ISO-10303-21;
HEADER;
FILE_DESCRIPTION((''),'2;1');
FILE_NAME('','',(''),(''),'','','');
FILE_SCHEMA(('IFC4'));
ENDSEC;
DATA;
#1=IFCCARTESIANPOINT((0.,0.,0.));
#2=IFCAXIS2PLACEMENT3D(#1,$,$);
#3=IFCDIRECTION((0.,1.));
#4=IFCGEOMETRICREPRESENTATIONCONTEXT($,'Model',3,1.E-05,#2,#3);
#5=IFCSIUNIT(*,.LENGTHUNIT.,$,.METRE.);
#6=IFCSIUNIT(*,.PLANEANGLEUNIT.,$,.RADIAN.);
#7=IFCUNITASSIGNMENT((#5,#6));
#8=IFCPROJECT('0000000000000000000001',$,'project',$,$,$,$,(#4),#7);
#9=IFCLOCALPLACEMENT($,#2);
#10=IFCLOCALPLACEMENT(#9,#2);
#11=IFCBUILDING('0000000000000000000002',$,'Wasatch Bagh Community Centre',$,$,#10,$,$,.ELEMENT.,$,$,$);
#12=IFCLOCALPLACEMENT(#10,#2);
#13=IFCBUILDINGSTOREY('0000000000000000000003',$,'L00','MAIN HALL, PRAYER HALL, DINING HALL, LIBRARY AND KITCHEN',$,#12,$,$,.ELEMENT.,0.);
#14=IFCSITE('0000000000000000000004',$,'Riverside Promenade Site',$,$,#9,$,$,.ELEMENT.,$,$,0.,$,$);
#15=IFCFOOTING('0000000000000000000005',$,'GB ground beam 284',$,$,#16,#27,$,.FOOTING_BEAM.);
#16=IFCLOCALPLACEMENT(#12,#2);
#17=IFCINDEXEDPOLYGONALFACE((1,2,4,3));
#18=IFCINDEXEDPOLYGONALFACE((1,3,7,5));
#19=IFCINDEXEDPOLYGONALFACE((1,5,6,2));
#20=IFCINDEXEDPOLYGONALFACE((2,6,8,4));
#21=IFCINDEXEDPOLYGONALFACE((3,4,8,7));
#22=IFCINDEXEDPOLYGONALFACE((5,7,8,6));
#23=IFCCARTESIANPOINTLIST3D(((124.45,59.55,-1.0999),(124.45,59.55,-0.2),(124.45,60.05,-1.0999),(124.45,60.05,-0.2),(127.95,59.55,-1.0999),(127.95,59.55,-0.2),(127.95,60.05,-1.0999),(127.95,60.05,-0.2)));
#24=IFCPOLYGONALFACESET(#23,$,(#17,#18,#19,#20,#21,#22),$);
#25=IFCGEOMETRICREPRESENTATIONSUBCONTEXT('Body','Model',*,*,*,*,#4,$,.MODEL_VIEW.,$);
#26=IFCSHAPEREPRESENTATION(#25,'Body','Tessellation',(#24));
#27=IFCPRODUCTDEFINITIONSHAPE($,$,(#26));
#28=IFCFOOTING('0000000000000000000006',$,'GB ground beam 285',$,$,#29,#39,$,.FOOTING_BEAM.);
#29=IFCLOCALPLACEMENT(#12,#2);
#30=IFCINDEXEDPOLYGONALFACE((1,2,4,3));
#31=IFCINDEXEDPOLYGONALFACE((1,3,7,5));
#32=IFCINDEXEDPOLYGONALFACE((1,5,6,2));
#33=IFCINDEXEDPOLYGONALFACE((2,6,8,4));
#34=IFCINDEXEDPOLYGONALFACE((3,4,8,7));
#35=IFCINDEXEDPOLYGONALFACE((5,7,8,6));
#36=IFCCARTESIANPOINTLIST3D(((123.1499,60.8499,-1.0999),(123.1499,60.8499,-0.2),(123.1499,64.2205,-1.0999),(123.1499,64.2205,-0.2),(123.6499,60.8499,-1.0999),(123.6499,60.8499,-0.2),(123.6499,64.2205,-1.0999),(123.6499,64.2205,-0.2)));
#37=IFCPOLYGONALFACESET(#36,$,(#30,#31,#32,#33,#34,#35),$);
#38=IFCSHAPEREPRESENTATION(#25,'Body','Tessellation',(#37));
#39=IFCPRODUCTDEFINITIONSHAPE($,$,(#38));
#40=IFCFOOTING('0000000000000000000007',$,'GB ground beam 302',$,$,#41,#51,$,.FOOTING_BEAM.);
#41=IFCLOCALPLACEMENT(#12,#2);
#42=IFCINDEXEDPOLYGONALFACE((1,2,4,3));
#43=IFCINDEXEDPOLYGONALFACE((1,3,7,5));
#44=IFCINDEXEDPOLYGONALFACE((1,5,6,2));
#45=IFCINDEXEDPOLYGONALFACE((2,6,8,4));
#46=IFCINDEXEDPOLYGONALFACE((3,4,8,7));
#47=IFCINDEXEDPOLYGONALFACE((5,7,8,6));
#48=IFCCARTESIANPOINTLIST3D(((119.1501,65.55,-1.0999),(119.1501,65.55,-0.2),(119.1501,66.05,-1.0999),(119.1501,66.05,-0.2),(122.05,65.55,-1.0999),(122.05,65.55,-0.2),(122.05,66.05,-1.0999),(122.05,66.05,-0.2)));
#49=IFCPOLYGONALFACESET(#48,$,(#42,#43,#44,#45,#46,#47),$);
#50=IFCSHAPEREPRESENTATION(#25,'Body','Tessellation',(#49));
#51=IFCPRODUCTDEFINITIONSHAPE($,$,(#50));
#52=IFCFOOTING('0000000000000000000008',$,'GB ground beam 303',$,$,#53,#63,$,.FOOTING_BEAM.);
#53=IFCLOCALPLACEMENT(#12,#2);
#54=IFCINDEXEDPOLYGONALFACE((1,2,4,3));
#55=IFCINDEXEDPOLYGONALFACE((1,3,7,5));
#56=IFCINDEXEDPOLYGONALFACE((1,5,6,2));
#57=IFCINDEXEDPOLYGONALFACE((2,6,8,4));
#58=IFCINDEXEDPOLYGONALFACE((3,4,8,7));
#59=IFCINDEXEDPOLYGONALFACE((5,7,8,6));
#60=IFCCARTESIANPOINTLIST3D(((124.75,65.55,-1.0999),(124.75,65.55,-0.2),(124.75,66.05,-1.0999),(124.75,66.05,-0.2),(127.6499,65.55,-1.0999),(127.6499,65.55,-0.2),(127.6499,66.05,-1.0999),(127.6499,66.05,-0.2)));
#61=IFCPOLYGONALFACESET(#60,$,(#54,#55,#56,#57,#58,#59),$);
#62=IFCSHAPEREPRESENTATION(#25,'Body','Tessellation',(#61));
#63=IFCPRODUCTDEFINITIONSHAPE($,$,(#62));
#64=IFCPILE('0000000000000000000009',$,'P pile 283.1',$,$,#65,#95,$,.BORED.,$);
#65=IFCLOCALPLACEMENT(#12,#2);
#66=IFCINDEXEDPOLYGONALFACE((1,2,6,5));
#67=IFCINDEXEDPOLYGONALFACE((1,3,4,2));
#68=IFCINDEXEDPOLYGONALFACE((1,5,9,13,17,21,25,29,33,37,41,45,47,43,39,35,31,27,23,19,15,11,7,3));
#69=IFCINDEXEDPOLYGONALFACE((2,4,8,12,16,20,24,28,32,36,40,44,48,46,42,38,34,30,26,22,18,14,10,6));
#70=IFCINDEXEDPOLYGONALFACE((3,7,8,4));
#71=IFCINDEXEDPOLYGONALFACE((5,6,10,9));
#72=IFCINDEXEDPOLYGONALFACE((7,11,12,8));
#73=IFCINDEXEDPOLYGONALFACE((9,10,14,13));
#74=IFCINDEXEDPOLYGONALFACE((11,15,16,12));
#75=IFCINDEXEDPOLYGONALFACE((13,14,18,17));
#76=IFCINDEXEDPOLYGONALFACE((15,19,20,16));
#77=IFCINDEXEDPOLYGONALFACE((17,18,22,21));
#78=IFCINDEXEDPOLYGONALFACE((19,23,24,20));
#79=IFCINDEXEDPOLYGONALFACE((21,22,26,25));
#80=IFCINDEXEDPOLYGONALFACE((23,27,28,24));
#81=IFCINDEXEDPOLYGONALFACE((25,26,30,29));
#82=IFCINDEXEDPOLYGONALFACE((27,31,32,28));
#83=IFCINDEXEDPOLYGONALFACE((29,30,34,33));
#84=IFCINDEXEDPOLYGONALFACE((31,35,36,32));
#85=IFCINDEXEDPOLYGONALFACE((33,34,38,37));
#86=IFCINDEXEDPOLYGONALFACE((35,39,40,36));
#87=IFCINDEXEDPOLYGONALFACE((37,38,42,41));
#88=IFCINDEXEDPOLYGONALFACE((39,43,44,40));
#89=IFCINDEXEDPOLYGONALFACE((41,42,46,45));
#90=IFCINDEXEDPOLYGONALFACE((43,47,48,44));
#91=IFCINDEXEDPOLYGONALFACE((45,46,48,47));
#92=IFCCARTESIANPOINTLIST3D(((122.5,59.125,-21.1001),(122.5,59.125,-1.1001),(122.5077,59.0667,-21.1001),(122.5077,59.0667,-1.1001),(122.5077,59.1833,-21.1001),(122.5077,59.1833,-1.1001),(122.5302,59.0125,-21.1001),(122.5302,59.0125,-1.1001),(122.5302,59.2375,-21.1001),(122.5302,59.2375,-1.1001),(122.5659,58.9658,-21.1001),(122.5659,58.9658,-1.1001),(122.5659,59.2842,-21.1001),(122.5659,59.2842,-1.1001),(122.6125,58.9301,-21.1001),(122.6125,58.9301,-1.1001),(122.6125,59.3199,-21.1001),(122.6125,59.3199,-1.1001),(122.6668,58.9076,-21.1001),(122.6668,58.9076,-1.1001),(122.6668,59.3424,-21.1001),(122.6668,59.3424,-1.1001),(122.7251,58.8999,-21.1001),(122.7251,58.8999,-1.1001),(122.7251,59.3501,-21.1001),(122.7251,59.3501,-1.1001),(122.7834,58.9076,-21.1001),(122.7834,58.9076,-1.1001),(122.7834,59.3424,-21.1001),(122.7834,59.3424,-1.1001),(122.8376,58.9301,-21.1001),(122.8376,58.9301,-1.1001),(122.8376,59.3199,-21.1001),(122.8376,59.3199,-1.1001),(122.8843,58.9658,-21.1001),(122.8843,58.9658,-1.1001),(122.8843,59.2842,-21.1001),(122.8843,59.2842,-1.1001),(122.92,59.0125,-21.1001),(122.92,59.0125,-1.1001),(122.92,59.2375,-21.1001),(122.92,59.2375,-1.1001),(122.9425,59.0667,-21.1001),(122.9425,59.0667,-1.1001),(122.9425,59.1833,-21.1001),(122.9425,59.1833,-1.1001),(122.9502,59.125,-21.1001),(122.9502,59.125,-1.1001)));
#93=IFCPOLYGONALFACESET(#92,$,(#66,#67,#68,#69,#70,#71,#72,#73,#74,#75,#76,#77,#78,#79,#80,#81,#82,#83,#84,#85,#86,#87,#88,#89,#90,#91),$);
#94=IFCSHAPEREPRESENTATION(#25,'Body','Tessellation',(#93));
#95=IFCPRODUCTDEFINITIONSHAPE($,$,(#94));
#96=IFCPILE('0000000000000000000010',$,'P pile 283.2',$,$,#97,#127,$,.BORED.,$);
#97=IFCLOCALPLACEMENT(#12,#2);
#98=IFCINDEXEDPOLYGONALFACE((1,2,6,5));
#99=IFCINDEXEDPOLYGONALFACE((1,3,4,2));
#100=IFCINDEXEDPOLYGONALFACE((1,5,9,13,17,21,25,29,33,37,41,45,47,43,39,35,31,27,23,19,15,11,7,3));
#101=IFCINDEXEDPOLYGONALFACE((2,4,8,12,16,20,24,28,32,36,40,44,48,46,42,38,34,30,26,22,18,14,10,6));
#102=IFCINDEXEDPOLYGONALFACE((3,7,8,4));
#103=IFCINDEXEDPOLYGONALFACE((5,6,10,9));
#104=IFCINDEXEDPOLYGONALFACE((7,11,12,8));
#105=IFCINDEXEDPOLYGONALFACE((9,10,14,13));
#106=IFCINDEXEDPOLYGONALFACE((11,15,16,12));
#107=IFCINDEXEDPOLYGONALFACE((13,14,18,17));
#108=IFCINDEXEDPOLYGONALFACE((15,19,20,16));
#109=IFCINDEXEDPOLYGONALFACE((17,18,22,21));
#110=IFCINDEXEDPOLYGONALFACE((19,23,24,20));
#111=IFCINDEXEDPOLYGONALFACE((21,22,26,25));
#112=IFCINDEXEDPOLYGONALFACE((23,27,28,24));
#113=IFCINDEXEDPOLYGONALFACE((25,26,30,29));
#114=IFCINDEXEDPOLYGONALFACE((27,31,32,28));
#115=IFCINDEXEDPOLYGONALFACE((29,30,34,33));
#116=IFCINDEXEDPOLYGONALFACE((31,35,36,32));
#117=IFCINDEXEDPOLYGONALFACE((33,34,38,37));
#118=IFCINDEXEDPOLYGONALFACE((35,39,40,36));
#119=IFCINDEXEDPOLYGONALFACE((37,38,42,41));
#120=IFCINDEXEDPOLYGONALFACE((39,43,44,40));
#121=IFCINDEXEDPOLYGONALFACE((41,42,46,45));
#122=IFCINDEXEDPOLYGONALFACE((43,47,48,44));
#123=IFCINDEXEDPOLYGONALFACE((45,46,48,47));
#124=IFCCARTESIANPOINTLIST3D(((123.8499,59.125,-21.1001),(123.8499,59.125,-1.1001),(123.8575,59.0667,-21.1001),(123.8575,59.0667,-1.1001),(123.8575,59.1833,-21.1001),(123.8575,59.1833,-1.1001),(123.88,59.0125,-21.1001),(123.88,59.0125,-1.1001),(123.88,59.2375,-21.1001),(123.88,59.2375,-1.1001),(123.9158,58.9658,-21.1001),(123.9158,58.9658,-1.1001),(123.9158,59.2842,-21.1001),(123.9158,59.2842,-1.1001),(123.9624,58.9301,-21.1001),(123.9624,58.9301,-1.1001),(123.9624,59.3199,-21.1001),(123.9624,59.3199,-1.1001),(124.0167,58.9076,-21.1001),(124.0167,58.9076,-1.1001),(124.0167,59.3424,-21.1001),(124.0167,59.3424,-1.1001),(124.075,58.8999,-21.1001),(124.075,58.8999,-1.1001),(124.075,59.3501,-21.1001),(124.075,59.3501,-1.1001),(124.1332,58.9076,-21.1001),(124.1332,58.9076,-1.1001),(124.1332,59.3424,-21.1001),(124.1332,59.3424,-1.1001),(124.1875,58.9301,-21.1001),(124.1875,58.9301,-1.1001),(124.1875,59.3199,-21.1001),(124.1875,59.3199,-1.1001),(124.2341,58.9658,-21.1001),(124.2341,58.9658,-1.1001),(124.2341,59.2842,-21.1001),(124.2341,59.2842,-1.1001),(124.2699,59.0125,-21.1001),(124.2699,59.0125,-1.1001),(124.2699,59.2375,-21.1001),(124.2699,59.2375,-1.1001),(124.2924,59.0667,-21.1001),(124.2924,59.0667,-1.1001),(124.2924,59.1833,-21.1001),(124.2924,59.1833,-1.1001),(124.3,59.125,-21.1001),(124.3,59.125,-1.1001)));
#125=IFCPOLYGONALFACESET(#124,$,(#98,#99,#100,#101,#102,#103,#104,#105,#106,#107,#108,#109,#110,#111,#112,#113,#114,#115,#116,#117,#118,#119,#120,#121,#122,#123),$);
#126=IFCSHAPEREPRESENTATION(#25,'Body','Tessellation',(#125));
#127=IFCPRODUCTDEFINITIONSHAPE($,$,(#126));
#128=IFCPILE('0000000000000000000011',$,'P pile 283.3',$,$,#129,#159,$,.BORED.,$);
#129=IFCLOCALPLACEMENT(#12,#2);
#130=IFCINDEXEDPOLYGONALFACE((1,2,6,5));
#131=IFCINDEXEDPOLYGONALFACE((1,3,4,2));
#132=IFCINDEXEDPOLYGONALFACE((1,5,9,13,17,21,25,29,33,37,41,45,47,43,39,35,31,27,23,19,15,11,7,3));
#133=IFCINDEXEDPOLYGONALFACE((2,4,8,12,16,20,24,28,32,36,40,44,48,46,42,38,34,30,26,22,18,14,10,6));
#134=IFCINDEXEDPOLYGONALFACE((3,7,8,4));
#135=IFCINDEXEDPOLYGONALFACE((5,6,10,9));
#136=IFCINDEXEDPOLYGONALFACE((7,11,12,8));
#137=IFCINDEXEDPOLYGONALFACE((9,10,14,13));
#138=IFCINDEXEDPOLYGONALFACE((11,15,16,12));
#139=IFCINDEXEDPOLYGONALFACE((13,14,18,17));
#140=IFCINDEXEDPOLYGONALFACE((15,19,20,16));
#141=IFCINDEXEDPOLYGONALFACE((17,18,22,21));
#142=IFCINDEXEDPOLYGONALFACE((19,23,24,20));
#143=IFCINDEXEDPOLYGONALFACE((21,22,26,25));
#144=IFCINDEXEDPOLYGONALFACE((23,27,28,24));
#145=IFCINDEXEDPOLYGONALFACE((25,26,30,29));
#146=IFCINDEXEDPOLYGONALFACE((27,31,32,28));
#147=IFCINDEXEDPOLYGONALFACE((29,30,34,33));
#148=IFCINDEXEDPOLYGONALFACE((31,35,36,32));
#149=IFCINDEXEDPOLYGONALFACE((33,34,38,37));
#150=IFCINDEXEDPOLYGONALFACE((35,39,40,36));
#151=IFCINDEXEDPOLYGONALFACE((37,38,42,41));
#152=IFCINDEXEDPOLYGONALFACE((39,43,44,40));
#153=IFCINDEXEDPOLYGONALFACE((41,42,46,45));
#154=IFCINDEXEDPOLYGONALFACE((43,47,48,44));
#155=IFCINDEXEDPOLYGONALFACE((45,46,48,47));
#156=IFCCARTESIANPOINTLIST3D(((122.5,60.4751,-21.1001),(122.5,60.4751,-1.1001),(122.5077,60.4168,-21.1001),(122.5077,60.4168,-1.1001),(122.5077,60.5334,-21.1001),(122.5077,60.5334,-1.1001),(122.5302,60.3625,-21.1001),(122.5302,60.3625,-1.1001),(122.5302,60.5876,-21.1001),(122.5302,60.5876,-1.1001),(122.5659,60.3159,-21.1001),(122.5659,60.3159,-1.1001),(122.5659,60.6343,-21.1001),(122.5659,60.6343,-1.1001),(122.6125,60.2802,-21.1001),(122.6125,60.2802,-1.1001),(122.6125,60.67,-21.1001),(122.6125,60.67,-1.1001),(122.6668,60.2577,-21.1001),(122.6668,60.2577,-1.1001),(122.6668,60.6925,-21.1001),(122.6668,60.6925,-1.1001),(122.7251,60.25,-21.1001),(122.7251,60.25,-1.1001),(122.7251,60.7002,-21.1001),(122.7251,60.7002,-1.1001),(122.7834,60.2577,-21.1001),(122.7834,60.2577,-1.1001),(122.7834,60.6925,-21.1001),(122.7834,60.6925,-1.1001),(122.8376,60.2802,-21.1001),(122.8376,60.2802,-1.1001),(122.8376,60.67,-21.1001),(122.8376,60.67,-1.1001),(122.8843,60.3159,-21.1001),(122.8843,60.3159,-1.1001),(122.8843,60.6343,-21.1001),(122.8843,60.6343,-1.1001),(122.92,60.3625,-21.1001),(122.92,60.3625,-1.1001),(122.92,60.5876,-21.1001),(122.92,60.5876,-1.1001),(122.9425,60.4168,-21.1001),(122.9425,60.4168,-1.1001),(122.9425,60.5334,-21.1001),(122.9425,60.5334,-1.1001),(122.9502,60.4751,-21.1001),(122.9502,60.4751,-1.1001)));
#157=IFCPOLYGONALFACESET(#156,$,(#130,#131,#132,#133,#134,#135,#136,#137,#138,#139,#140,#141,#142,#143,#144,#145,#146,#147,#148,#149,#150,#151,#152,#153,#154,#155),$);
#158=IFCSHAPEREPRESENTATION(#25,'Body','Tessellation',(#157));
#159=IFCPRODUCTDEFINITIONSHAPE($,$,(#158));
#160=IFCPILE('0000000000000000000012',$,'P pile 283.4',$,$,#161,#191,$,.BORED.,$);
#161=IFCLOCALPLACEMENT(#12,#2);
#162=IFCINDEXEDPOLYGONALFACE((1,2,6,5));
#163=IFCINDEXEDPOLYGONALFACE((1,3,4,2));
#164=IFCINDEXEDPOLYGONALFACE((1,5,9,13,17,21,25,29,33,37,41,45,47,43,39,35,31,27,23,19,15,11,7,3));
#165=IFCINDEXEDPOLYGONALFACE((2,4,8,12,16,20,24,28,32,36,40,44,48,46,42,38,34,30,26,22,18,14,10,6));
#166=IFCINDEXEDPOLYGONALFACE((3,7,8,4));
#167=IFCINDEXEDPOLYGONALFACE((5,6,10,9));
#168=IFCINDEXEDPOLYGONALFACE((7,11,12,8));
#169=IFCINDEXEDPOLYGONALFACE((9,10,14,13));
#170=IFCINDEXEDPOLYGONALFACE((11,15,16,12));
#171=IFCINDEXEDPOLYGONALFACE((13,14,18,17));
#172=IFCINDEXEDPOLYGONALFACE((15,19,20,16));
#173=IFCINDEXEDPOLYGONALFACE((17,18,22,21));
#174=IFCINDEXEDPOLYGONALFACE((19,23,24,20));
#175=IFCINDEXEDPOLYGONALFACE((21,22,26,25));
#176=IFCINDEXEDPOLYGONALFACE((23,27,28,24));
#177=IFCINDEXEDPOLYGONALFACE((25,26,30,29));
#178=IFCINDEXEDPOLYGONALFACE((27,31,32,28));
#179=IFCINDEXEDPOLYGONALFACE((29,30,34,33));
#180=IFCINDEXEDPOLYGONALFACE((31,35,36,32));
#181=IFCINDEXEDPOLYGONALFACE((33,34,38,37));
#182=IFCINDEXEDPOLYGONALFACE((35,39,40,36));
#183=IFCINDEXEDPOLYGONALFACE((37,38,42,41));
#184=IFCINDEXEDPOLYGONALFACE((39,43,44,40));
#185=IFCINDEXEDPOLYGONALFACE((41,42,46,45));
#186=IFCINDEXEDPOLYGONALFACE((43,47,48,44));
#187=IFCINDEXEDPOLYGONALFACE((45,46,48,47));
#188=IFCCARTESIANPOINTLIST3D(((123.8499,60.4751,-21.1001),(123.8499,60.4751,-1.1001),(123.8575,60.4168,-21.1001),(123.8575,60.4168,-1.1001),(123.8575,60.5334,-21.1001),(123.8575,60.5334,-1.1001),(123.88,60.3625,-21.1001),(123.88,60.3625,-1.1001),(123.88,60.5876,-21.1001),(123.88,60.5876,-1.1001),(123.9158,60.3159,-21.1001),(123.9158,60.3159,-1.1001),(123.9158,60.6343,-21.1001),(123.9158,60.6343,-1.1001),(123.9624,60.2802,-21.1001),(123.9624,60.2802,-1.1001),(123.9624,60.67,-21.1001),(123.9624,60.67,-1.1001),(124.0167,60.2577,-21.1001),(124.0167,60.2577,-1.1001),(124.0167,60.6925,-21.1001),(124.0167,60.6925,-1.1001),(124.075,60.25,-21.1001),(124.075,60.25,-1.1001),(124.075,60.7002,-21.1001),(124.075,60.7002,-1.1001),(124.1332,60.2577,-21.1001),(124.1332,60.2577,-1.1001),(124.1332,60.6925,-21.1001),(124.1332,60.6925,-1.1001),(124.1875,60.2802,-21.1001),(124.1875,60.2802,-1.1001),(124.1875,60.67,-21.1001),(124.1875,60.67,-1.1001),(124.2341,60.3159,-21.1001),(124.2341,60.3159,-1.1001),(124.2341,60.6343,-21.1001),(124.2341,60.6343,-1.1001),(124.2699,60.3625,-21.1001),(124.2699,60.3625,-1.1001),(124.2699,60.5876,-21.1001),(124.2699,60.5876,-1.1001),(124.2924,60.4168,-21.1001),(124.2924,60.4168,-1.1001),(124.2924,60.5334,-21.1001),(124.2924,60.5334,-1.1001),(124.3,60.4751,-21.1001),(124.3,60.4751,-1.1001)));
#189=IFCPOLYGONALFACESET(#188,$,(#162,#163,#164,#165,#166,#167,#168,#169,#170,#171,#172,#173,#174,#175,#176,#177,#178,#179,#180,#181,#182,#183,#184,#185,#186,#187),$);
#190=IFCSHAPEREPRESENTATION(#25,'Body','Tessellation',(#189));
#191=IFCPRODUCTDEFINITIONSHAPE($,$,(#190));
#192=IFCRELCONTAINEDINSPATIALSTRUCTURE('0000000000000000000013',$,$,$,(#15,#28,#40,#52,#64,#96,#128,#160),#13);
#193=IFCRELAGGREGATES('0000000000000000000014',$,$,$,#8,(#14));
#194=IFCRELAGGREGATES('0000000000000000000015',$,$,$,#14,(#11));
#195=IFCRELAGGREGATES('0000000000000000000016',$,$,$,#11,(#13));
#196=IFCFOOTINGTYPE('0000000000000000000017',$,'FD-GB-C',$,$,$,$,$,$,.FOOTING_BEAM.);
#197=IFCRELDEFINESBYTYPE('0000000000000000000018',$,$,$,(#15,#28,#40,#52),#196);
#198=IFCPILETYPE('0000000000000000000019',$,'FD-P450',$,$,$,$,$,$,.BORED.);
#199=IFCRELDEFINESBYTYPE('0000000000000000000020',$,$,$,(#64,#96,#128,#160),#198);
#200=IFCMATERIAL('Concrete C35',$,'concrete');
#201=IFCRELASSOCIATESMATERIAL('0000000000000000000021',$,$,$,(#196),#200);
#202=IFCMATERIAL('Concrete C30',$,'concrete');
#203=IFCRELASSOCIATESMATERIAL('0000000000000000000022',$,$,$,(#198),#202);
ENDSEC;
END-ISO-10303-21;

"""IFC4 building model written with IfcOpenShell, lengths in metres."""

from ifc_helpers import new_model, si_unit, direction, frame, origin, origin_2d, place, context, subcontext, project, spatial, rectangle, circle, extrude, material, material_profile, profile_set, type_object, element, save


model = new_model("IFC4")

# Units and contexts
model_context = context("Model", 3, precision=1e-05, world=origin(), true_north=direction((0.0, 1.0)))
body_context = subcontext(model_context, "Body", "Model", "MODEL_VIEW")
ifc_project = project(units=[si_unit("LENGTHUNIT", "METRE"), si_unit("PLANEANGLEUNIT", "RADIAN")], contexts=[model_context])

# Site, building, storey
site_placement = place(None, origin())
site = spatial("IfcSite", under=ifc_project, at=site_placement, Name="Riverside Promenade Site", CompositionType="ELEMENT", RefElevation=0.0)
building_placement = place(site_placement, origin())
building = spatial("IfcBuilding", under=site, at=building_placement, Name="Wasatch Bagh Community Centre", CompositionType="ELEMENT")
storey_placement = place(building_placement, origin())
storey = spatial("IfcBuildingStorey", under=building, at=storey_placement, Name="L00", Description="MAIN HALL, PRAYER HALL, DINING HALL, LIBRARY AND KITCHEN", CompositionType="ELEMENT", Elevation=0.0)

# Footings
ifc_material_1 = material(Name="Concrete C35", Category="concrete")
footing_type_1 = type_object("IfcFootingType", Name="FD-GB-C", PredefinedType="FOOTING_BEAM", material=ifc_material_1)
footing_1_placement = place(storey_placement, frame((126.2, 59.8, -1.0999), z_axis=(0.0, 0.0, 1.0), x_axis=(1.0, 0.0, 0.0)))
element("IfcFooting", 1, at=footing_1_placement, inside=storey, type_object=footing_type_1, Name="GB ground beam 284", PredefinedType="FOOTING_BEAM", context=body_context, shape_type="SweptSolid", body=[
    extrude(rectangle(XDim=3.5, YDim=0.5, at=origin_2d()), origin(), (0.0, 0.0, 1.0), 0.8999),
])
footing_2_placement = place(storey_placement, frame((123.3999, 62.5352, -1.0999), z_axis=(0.0, 0.0, 1.0), x_axis=(0.0, 1.0, 0.0)))
element("IfcFooting", 2, at=footing_2_placement, inside=storey, type_object=footing_type_1, Name="GB ground beam 285", PredefinedType="FOOTING_BEAM", context=body_context, shape_type="SweptSolid", body=[
    extrude(rectangle(XDim=3.3706, YDim=0.5, at=origin_2d()), origin(), (0.0, 0.0, 1.0), 0.8999),
])
for number, where, z_axis, x_axis, name in (
    (3, (120.6001, 65.8, -1.0999), (0.0, 0.0, 1.0), (1.0, 0.0, 0.0), "GB ground beam 302"),
    (4, (126.2, 65.8, -1.0999), (0.0, 0.0, 1.0), (1.0, 0.0, 0.0), "GB ground beam 303"),
):
    element("IfcFooting", number, at=place(storey_placement, frame(where, z_axis=z_axis, x_axis=x_axis)), inside=storey, type_object=footing_type_1, Name=name, PredefinedType="FOOTING_BEAM", context=body_context, shape_type="SweptSolid", body=[
        extrude(rectangle(XDim=2.8999, YDim=0.5, at=origin_2d()), origin(), (0.0, 0.0, 1.0), 0.8999),
    ])

# Piles
ifc_material_2 = material(Name="Concrete C30", Category="concrete")
ifc_material_profile_1 = material_profile(ifc_material_2, circle(Radius=0.2251, at=origin_2d()), Name="RC D450")
ifc_profile_set_1 = profile_set([ifc_material_profile_1], Name="Concrete C30")
pile_type_1 = type_object("IfcPileType", Name="FD-P450", PredefinedType="BORED", material=ifc_profile_set_1)
for number, where, z_axis, x_axis, name in (
    (5, (122.7251, 59.125, -1.1001), (0.0, 0.0, -1.0), (1.0, 0.0, 0.0), "P pile 283.1"),
    (6, (124.075, 59.125, -1.1001), (0.0, 0.0, -1.0), (1.0, 0.0, 0.0), "P pile 283.2"),
    (7, (122.7251, 60.4751, -1.1001), (0.0, 0.0, -1.0), (1.0, 0.0, 0.0), "P pile 283.3"),
    (8, (124.075, 60.4751, -1.1001), (0.0, 0.0, -1.0), (1.0, 0.0, 0.0), "P pile 283.4"),
):
    element("IfcPile", number, at=place(storey_placement, frame(where, z_axis=z_axis, x_axis=x_axis)), inside=storey, type_object=pile_type_1, Name=name, PredefinedType="BORED", context=body_context, shape_type="SweptSolid", body=[
        extrude(circle(Radius=0.2251, at=origin_2d()), origin(), (0.0, 0.0, 1.0), 20.0),
    ])

save(model, "model.ifc")
